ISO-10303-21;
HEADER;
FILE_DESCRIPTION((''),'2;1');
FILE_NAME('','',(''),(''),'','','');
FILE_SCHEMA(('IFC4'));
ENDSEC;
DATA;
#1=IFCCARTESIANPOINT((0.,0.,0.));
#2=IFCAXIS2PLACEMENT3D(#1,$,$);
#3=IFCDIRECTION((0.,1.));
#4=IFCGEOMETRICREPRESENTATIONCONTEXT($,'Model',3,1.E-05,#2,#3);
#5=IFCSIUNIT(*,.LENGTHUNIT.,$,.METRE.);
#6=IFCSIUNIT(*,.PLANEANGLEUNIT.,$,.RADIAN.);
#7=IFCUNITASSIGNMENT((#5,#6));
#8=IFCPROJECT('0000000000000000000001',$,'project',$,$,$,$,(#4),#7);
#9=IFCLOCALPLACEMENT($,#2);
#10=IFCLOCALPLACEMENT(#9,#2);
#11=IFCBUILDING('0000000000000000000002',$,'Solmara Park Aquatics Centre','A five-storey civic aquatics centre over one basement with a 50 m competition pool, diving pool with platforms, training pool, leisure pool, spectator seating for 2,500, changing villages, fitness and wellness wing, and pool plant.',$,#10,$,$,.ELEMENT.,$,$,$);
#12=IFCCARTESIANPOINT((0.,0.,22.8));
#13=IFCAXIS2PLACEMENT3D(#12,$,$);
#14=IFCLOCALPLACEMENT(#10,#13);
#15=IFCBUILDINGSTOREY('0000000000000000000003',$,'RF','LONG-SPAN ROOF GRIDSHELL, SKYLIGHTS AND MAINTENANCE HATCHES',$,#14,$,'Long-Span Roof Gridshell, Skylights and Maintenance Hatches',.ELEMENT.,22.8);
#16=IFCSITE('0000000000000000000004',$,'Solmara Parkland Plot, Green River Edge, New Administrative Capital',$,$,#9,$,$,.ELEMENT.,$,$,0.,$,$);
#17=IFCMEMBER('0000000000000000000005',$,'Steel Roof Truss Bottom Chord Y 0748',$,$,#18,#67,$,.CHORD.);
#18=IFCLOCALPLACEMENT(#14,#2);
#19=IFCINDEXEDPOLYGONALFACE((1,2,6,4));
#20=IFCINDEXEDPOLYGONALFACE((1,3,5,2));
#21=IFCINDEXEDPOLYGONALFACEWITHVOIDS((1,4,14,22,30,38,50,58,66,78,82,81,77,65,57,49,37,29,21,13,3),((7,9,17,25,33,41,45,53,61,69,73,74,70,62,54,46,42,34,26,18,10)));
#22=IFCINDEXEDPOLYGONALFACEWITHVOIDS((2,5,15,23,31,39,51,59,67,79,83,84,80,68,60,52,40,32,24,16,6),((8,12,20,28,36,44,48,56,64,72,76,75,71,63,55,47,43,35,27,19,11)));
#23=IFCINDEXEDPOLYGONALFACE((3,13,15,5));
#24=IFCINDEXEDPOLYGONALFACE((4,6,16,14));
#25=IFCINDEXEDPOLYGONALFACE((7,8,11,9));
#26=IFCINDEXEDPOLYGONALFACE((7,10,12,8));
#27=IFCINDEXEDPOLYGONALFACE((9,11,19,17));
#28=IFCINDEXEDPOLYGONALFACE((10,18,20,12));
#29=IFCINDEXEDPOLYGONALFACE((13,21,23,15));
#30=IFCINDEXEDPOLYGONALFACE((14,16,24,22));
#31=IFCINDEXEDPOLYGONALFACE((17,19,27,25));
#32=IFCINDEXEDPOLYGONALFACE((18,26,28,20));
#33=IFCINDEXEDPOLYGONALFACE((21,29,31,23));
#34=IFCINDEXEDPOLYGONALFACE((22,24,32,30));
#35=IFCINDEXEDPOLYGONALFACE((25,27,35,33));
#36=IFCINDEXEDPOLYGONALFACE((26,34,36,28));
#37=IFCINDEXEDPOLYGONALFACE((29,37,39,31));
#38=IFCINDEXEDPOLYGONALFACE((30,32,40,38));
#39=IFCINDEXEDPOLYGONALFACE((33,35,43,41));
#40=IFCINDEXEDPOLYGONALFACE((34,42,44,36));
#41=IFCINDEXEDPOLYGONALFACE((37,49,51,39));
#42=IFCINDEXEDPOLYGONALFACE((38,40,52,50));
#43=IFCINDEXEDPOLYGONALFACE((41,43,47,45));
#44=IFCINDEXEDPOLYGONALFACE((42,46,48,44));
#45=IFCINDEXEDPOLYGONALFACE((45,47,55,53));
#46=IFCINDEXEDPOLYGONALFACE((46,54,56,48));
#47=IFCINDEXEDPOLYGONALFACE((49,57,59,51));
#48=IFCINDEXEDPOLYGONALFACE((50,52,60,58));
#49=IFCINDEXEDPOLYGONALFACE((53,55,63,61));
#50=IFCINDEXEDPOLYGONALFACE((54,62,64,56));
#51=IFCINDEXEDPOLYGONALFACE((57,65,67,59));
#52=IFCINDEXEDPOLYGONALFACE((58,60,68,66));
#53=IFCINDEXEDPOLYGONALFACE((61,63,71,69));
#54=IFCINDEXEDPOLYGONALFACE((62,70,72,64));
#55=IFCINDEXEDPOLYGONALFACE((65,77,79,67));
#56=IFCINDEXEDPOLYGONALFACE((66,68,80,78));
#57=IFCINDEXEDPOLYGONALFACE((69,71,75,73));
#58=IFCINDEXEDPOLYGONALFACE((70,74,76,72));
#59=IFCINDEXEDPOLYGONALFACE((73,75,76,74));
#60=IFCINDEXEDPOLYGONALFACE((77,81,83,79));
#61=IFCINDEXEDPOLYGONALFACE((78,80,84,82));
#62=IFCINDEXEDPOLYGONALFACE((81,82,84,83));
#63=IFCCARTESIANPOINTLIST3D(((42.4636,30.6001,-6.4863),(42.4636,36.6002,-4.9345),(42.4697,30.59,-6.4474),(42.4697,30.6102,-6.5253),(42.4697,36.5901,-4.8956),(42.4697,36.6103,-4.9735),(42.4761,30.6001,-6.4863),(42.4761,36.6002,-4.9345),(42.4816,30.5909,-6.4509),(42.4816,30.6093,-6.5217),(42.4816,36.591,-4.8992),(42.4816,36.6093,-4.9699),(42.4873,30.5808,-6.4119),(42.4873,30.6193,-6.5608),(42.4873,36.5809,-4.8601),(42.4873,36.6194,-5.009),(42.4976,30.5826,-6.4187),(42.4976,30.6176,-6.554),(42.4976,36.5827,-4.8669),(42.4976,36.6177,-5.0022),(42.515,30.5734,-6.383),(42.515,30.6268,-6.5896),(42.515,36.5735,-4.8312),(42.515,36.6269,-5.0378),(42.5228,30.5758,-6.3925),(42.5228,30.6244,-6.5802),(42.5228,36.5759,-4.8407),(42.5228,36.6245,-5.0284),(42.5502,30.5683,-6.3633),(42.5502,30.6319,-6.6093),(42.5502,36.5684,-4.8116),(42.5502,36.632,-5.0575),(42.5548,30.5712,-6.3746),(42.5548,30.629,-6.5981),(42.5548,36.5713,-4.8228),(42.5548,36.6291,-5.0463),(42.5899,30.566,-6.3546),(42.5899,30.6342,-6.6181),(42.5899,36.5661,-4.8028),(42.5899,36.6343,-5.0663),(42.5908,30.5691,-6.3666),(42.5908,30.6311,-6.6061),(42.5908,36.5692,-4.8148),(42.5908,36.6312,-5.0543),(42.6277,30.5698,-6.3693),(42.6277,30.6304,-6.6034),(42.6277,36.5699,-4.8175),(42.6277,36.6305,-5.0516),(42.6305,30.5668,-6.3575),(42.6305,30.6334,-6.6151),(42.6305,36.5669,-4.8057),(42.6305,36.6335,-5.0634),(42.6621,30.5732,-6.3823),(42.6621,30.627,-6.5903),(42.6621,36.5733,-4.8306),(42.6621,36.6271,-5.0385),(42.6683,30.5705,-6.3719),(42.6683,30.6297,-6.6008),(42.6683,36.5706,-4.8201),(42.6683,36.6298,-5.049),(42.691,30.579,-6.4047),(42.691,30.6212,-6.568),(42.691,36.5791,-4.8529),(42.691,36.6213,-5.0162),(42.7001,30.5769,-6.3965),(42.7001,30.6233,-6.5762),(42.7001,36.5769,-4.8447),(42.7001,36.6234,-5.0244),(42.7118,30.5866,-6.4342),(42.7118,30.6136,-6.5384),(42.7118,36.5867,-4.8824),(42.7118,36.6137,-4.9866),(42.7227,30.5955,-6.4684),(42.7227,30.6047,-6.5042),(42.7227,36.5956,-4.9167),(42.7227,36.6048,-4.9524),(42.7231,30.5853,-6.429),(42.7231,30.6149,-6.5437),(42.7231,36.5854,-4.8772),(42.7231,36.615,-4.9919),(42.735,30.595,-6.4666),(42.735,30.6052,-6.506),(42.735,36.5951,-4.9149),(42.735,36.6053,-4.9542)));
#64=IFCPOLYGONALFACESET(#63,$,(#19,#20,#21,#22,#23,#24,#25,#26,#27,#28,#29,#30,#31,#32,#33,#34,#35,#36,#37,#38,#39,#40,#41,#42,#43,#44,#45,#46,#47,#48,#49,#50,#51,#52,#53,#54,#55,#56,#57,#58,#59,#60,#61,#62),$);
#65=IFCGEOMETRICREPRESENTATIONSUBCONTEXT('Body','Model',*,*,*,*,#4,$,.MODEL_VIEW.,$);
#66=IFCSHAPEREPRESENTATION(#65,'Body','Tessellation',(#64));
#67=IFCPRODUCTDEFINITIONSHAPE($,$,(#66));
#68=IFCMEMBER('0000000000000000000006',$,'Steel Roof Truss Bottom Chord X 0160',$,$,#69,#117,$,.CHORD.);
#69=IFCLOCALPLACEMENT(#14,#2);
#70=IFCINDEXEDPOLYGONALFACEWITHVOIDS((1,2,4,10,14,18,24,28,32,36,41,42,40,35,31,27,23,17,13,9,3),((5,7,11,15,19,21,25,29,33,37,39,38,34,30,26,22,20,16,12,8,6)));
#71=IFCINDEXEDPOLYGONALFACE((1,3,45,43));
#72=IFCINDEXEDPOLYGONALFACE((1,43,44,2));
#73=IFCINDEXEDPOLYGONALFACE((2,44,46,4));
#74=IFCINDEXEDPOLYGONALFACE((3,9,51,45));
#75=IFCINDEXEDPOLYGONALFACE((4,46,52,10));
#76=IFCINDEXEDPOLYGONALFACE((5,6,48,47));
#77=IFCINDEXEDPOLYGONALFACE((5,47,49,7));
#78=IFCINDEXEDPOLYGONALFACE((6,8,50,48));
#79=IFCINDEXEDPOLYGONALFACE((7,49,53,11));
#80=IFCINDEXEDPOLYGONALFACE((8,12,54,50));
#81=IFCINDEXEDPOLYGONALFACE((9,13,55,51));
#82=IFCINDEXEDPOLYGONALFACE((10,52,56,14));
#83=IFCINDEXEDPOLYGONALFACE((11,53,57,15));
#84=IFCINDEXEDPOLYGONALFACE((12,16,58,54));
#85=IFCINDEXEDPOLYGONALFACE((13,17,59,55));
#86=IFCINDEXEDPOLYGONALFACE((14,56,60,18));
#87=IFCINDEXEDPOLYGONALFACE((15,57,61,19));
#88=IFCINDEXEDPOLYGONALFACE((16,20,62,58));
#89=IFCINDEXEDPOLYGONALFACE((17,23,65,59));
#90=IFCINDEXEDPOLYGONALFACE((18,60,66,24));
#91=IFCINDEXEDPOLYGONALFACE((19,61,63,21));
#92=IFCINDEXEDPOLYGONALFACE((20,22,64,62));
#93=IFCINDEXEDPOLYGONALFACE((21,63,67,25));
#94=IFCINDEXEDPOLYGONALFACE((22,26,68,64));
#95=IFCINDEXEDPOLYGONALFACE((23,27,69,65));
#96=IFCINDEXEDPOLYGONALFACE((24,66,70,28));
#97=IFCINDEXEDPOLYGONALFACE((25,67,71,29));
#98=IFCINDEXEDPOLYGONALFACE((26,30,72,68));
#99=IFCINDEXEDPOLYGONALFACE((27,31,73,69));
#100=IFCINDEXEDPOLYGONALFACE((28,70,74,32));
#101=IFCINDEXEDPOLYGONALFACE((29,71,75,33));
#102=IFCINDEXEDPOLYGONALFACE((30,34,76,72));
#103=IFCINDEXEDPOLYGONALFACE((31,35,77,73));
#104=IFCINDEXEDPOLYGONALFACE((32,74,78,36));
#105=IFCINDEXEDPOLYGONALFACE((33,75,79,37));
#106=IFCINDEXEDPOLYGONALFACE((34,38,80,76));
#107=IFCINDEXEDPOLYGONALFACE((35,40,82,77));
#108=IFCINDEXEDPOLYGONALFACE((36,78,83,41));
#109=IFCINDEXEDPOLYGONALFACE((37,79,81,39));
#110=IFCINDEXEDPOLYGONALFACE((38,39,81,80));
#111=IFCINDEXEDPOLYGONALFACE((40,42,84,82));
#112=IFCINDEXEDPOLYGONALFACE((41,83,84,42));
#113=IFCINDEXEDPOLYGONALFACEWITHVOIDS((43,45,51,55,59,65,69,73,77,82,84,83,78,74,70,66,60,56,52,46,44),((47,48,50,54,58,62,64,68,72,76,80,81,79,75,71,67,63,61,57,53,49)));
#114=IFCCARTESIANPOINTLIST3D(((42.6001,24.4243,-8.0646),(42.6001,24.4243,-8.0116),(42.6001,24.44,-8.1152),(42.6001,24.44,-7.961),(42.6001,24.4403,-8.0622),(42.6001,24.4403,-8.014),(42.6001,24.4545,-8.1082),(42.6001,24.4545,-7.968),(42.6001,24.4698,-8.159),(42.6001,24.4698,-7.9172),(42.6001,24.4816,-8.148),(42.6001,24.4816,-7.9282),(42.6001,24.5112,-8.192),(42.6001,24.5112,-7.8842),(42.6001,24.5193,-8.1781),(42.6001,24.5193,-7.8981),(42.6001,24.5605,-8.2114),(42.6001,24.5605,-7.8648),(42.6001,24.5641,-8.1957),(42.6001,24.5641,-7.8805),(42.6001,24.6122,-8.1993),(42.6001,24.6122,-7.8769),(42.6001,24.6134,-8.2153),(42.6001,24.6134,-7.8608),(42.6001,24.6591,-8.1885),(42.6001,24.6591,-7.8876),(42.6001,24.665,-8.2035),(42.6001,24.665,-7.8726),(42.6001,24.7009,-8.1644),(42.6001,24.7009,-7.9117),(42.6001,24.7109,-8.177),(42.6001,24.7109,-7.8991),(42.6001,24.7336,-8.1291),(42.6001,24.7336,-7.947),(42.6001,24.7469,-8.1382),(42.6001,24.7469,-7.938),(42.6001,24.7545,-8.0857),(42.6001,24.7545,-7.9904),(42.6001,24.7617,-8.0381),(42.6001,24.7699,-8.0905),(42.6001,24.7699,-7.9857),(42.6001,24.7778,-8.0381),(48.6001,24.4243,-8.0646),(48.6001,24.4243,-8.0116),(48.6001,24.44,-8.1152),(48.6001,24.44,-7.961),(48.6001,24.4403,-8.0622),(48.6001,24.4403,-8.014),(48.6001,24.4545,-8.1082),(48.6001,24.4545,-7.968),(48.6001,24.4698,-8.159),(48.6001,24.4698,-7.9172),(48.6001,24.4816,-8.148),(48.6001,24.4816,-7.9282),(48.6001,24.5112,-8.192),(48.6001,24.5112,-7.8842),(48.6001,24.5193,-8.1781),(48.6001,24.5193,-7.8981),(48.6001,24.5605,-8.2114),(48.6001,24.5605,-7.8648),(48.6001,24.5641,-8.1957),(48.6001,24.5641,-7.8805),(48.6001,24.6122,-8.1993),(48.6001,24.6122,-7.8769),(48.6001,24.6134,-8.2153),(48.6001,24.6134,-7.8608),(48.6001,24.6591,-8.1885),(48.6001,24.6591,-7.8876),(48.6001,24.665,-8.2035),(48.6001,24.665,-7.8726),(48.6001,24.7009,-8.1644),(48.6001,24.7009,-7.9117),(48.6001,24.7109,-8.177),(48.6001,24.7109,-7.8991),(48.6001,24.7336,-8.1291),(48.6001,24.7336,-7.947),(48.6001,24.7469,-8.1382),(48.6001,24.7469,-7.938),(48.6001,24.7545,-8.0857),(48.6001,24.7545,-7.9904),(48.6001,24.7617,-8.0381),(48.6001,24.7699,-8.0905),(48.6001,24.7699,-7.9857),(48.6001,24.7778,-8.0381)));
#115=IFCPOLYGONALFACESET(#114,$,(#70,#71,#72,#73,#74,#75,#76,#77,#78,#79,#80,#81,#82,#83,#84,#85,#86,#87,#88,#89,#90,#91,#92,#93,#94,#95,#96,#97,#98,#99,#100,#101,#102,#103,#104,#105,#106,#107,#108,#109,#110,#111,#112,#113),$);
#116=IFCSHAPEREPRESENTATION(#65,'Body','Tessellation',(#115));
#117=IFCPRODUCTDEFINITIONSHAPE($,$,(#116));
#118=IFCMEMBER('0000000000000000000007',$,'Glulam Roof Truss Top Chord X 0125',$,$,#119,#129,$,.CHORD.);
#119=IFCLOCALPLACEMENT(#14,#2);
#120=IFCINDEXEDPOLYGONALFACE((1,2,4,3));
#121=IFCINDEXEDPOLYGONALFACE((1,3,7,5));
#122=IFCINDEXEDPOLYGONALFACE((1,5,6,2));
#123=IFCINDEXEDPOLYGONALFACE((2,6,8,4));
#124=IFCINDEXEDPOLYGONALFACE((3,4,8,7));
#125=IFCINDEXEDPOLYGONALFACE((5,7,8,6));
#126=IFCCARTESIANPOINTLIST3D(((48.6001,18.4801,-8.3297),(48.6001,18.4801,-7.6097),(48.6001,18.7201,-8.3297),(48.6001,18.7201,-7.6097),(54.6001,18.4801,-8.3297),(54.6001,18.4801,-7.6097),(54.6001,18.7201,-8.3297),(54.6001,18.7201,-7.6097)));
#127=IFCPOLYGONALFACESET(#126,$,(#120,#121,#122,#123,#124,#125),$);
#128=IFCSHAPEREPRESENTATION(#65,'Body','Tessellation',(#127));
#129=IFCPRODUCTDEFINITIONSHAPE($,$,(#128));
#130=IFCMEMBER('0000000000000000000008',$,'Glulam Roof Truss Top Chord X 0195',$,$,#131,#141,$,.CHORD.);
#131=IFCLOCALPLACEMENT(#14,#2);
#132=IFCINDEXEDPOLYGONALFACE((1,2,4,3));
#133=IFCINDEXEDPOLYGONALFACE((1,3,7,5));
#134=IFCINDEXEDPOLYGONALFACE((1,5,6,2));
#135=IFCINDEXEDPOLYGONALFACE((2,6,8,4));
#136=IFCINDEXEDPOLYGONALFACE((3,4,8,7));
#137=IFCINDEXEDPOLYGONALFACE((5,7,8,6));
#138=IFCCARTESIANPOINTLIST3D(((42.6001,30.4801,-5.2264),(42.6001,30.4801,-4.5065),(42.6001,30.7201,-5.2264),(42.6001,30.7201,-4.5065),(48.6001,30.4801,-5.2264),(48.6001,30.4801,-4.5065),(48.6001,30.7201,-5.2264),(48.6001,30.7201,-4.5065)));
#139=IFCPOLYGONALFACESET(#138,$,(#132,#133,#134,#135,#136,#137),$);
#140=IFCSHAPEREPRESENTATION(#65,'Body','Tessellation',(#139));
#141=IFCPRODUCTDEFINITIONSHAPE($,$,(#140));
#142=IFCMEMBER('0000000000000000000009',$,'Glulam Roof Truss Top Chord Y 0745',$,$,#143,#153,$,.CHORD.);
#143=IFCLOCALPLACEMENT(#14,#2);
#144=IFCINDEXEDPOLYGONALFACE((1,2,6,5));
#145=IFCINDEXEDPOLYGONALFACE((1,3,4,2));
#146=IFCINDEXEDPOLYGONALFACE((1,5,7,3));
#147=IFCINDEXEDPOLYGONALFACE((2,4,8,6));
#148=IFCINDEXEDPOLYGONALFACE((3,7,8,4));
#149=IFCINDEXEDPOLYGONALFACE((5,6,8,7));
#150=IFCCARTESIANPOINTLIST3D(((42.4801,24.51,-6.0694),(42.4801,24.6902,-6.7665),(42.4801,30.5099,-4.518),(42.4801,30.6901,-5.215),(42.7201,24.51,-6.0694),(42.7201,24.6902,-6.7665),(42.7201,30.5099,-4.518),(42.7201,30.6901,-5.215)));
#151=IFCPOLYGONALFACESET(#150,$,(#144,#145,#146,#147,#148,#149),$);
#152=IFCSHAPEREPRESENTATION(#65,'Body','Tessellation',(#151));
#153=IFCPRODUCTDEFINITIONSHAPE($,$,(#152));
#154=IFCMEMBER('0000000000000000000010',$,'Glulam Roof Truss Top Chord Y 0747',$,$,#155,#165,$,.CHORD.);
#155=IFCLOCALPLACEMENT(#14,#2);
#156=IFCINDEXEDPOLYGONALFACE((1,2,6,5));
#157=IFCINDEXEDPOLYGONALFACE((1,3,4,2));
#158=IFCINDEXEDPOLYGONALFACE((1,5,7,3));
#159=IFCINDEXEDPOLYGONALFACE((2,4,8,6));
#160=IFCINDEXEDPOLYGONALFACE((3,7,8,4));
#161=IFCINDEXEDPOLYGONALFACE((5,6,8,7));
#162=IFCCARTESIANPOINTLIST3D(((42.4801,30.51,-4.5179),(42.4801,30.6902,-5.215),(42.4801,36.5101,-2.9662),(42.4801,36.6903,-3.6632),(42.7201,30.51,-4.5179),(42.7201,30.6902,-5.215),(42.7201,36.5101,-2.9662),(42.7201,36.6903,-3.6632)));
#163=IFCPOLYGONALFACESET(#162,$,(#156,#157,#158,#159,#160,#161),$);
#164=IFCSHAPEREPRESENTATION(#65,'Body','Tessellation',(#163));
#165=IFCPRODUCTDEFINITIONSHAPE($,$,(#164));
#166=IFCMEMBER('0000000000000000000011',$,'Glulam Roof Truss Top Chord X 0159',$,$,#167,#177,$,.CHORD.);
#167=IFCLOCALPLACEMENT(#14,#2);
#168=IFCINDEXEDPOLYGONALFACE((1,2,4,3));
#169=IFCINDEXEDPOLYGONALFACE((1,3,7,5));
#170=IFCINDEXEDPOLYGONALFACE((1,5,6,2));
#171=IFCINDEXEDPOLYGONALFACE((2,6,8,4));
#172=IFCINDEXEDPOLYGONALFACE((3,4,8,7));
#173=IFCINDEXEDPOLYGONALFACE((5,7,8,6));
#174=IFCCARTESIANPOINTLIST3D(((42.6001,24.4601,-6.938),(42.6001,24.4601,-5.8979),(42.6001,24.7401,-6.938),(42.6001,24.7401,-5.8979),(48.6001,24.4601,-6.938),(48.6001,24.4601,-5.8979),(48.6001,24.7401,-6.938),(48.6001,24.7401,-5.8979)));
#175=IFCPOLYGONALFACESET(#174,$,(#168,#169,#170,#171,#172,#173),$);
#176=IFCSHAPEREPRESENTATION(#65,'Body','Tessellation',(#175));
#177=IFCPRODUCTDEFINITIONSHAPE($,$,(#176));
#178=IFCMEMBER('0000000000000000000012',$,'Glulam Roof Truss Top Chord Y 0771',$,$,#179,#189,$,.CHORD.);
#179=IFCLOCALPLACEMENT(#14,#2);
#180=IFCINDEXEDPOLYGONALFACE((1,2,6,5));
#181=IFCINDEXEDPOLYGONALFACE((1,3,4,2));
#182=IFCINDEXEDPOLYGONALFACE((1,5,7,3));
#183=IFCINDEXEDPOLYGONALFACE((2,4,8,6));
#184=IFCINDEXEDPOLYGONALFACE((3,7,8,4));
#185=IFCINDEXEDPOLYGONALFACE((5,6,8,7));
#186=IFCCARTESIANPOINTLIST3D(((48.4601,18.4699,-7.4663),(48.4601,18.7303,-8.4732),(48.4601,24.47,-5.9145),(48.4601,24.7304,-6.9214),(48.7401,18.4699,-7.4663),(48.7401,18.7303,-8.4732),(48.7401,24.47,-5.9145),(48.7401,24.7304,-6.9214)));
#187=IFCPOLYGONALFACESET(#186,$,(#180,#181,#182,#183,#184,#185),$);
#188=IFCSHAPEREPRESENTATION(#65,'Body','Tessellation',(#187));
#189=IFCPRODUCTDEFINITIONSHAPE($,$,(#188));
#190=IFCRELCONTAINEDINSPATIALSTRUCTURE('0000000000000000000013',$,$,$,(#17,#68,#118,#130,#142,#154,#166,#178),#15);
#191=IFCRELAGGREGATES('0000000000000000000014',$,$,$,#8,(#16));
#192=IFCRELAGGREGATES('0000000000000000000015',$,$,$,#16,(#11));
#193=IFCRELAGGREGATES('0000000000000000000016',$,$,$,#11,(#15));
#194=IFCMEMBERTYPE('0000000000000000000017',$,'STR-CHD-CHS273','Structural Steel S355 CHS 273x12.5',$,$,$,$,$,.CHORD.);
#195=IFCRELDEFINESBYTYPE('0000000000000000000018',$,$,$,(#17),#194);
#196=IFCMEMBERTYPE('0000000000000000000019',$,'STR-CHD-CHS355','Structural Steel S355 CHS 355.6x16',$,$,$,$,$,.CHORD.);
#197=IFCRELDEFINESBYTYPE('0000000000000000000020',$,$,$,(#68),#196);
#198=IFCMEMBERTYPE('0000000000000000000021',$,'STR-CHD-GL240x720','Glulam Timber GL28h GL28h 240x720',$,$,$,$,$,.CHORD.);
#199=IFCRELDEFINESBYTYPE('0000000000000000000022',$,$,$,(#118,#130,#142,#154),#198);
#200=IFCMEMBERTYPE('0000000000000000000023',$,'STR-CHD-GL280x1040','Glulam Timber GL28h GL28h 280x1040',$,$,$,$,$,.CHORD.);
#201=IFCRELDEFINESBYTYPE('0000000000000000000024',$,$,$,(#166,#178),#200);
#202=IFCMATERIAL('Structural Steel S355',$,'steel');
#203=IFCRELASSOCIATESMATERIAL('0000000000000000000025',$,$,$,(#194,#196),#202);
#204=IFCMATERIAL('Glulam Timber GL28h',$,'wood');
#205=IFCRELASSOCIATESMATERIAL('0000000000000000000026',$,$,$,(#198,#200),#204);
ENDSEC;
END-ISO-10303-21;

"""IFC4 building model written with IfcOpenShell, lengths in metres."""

from ifc_helpers import new_model, si_unit, direction, frame, origin, origin_2d, place, context, subcontext, project, spatial, rectangle, hollow_circle, extrude, material, material_profile, profile_set, type_object, element, save


model = new_model("IFC4")

# Units and contexts
model_context = context("Model", 3, precision=1e-05, world=origin(), true_north=direction((0.0, 1.0)))
body_context = subcontext(model_context, "Body", "Model", "MODEL_VIEW")
ifc_project = project(units=[si_unit("LENGTHUNIT", "METRE"), si_unit("PLANEANGLEUNIT", "RADIAN")], contexts=[model_context])

# Site, building, storey
site_placement = place(None, origin())
site = spatial("IfcSite", under=ifc_project, at=site_placement, Name="Solmara Parkland Plot, Green River Edge, New Administrative Capital", CompositionType="ELEMENT", RefElevation=0.0)
building_placement = place(site_placement, origin())
building = spatial("IfcBuilding", under=site, at=building_placement, Name="Solmara Park Aquatics Centre", Description="A five-storey civic aquatics centre over one basement with a 50 m competition pool, diving pool with platforms, training pool, leisure pool, spectator seating for 2,500, changing villages, fitness and wellness wing, and pool plant.", CompositionType="ELEMENT")
storey_placement = place(building_placement, frame((0.0, 0.0, 22.8)))
storey = spatial("IfcBuildingStorey", under=building, at=storey_placement, Name="RF", Description="LONG-SPAN ROOF GRIDSHELL, SKYLIGHTS AND MAINTENANCE HATCHES", LongName="Long-Span Roof Gridshell, Skylights and Maintenance Hatches", CompositionType="ELEMENT", Elevation=22.8)

# Members
ifc_material_1 = material(Name="Structural Steel S355", Category="steel")
ifc_material_profile_1 = material_profile(ifc_material_1, hollow_circle(Radius=0.1365, WallThickness=0.0125, at=origin_2d()), Name="CHS 273x12.5")
ifc_profile_set_1 = profile_set([ifc_material_profile_1], Name="Structural Steel S355")
member_type_1 = type_object("IfcMemberType", Name="STR-CHD-CHS273", Description="Structural Steel S355 CHS 273x12.5", PredefinedType="CHORD", material=ifc_profile_set_1)
for number, where, z_axis, x_axis, name in (
    (1, (42.6001, 30.6001, -6.4863), (0.0, 0.968146, 0.250388), (-1.0, 0.0, 0.0), "Steel Roof Truss Bottom Chord Y 0748"),
):
    element("IfcMember", number, at=place(storey_placement, frame(where, z_axis=z_axis, x_axis=x_axis)), inside=storey, type_object=member_type_1, Name=name, PredefinedType="CHORD", context=body_context, shape_type="SweptSolid", body=[
        extrude(hollow_circle(Radius=0.1365, WallThickness=0.0125, at=origin_2d()), origin(), (0.0, 0.0, 1.0), 6.1975),
    ])
ifc_material_profile_2 = material_profile(ifc_material_1, hollow_circle(Radius=0.1777, WallThickness=0.0161, at=origin_2d()), Name="CHS 355.6x16")
ifc_profile_set_2 = profile_set([ifc_material_profile_2], Name="Structural Steel S355")
member_type_2 = type_object("IfcMemberType", Name="STR-CHD-CHS355", Description="Structural Steel S355 CHS 355.6x16", PredefinedType="CHORD", material=ifc_profile_set_2)
member_1_placement = place(storey_placement, frame((42.6001, 24.6001, -8.0381), z_axis=(1.0, 0.0, 0.0), x_axis=(0.0, 1.0, 0.0)))
element("IfcMember", 2, at=member_1_placement, inside=storey, type_object=member_type_2, Name="Steel Roof Truss Bottom Chord X 0160", PredefinedType="CHORD", context=body_context, shape_type="SweptSolid", body=[
    extrude(hollow_circle(Radius=0.1777, WallThickness=0.0161, at=origin_2d()), origin(), (0.0, 0.0, 1.0), 6.0),
])
ifc_material_2 = material(Name="Glulam Timber GL28h", Category="wood")
ifc_material_profile_3 = material_profile(ifc_material_2, rectangle(XDim=0.24, YDim=0.72, at=origin_2d()), Name="GL28h 240x720")
ifc_profile_set_3 = profile_set([ifc_material_profile_3], Name="Glulam Timber GL28h")
member_type_3 = type_object("IfcMemberType", Name="STR-CHD-GL240x720", Description="Glulam Timber GL28h GL28h 240x720", PredefinedType="CHORD", material=ifc_profile_set_3)
for number, where, z_axis, x_axis, name in (
    (3, (48.6001, 18.6001, -7.9697), (1.0, 0.0, 0.0), (0.0, 1.0, 0.0), "Glulam Roof Truss Top Chord X 0125"),
    (4, (42.6001, 30.6001, -4.8665), (1.0, 0.0, 0.0), (0.0, 1.0, 0.0), "Glulam Roof Truss Top Chord X 0195"),
):
    element("IfcMember", number, at=place(storey_placement, frame(where, z_axis=z_axis, x_axis=x_axis)), inside=storey, type_object=member_type_3, Name=name, PredefinedType="CHORD", context=body_context, shape_type="SweptSolid", body=[
        extrude(rectangle(XDim=0.24, YDim=0.72, at=origin_2d()), origin(), (0.0, 0.0, 1.0), 6.0),
    ])
member_2_placement = place(storey_placement, frame((42.6001, 24.6001, -6.418), z_axis=(0.0, 0.968155, 0.250351), x_axis=(-1.0, 0.0, 0.0)))
element("IfcMember", 5, at=member_2_placement, inside=storey, type_object=member_type_3, Name="Glulam Roof Truss Top Chord Y 0745", PredefinedType="CHORD", context=body_context, shape_type="SweptSolid", body=[
    extrude(rectangle(XDim=0.24, YDim=0.72, at=origin_2d()), origin(), (0.0, 0.0, 1.0), 6.1973),
])
member_3_placement = place(storey_placement, frame((42.6001, 30.6001, -4.8665), z_axis=(0.0, 0.968146, 0.250388), x_axis=(-1.0, 0.0, 0.0)))
element("IfcMember", 6, at=member_3_placement, inside=storey, type_object=member_type_3, Name="Glulam Roof Truss Top Chord Y 0747", PredefinedType="CHORD", context=body_context, shape_type="SweptSolid", body=[
    extrude(rectangle(XDim=0.24, YDim=0.72, at=origin_2d()), origin(), (0.0, 0.0, 1.0), 6.1975),
])
ifc_material_profile_4 = material_profile(ifc_material_2, rectangle(XDim=0.28, YDim=1.04, at=origin_2d()), Name="GL28h 280x1040")
ifc_profile_set_4 = profile_set([ifc_material_profile_4], Name="Glulam Timber GL28h")
member_type_4 = type_object("IfcMemberType", Name="STR-CHD-GL280x1040", Description="Glulam Timber GL28h GL28h 280x1040", PredefinedType="CHORD", material=ifc_profile_set_4)
member_4_placement = place(storey_placement, frame((42.6001, 24.6001, -6.418), z_axis=(1.0, 0.0, 0.0), x_axis=(0.0, 1.0, 0.0)))
element("IfcMember", 7, at=member_4_placement, inside=storey, type_object=member_type_4, Name="Glulam Roof Truss Top Chord X 0159", PredefinedType="CHORD", context=body_context, shape_type="SweptSolid", body=[
    extrude(rectangle(XDim=0.28, YDim=1.04, at=origin_2d()), origin(), (0.0, 0.0, 1.0), 6.0),
])
member_5_placement = place(storey_placement, frame((48.6001, 18.6001, -7.9697), z_axis=(0.0, 0.968146, 0.250388), x_axis=(-1.0, 0.0, 0.0)))
element("IfcMember", 8, at=member_5_placement, inside=storey, type_object=member_type_4, Name="Glulam Roof Truss Top Chord Y 0771", PredefinedType="CHORD", context=body_context, shape_type="SweptSolid", body=[
    extrude(rectangle(XDim=0.28, YDim=1.04, at=origin_2d()), origin(), (0.0, 0.0, 1.0), 6.1975),
])

save(model, "model.ifc")
